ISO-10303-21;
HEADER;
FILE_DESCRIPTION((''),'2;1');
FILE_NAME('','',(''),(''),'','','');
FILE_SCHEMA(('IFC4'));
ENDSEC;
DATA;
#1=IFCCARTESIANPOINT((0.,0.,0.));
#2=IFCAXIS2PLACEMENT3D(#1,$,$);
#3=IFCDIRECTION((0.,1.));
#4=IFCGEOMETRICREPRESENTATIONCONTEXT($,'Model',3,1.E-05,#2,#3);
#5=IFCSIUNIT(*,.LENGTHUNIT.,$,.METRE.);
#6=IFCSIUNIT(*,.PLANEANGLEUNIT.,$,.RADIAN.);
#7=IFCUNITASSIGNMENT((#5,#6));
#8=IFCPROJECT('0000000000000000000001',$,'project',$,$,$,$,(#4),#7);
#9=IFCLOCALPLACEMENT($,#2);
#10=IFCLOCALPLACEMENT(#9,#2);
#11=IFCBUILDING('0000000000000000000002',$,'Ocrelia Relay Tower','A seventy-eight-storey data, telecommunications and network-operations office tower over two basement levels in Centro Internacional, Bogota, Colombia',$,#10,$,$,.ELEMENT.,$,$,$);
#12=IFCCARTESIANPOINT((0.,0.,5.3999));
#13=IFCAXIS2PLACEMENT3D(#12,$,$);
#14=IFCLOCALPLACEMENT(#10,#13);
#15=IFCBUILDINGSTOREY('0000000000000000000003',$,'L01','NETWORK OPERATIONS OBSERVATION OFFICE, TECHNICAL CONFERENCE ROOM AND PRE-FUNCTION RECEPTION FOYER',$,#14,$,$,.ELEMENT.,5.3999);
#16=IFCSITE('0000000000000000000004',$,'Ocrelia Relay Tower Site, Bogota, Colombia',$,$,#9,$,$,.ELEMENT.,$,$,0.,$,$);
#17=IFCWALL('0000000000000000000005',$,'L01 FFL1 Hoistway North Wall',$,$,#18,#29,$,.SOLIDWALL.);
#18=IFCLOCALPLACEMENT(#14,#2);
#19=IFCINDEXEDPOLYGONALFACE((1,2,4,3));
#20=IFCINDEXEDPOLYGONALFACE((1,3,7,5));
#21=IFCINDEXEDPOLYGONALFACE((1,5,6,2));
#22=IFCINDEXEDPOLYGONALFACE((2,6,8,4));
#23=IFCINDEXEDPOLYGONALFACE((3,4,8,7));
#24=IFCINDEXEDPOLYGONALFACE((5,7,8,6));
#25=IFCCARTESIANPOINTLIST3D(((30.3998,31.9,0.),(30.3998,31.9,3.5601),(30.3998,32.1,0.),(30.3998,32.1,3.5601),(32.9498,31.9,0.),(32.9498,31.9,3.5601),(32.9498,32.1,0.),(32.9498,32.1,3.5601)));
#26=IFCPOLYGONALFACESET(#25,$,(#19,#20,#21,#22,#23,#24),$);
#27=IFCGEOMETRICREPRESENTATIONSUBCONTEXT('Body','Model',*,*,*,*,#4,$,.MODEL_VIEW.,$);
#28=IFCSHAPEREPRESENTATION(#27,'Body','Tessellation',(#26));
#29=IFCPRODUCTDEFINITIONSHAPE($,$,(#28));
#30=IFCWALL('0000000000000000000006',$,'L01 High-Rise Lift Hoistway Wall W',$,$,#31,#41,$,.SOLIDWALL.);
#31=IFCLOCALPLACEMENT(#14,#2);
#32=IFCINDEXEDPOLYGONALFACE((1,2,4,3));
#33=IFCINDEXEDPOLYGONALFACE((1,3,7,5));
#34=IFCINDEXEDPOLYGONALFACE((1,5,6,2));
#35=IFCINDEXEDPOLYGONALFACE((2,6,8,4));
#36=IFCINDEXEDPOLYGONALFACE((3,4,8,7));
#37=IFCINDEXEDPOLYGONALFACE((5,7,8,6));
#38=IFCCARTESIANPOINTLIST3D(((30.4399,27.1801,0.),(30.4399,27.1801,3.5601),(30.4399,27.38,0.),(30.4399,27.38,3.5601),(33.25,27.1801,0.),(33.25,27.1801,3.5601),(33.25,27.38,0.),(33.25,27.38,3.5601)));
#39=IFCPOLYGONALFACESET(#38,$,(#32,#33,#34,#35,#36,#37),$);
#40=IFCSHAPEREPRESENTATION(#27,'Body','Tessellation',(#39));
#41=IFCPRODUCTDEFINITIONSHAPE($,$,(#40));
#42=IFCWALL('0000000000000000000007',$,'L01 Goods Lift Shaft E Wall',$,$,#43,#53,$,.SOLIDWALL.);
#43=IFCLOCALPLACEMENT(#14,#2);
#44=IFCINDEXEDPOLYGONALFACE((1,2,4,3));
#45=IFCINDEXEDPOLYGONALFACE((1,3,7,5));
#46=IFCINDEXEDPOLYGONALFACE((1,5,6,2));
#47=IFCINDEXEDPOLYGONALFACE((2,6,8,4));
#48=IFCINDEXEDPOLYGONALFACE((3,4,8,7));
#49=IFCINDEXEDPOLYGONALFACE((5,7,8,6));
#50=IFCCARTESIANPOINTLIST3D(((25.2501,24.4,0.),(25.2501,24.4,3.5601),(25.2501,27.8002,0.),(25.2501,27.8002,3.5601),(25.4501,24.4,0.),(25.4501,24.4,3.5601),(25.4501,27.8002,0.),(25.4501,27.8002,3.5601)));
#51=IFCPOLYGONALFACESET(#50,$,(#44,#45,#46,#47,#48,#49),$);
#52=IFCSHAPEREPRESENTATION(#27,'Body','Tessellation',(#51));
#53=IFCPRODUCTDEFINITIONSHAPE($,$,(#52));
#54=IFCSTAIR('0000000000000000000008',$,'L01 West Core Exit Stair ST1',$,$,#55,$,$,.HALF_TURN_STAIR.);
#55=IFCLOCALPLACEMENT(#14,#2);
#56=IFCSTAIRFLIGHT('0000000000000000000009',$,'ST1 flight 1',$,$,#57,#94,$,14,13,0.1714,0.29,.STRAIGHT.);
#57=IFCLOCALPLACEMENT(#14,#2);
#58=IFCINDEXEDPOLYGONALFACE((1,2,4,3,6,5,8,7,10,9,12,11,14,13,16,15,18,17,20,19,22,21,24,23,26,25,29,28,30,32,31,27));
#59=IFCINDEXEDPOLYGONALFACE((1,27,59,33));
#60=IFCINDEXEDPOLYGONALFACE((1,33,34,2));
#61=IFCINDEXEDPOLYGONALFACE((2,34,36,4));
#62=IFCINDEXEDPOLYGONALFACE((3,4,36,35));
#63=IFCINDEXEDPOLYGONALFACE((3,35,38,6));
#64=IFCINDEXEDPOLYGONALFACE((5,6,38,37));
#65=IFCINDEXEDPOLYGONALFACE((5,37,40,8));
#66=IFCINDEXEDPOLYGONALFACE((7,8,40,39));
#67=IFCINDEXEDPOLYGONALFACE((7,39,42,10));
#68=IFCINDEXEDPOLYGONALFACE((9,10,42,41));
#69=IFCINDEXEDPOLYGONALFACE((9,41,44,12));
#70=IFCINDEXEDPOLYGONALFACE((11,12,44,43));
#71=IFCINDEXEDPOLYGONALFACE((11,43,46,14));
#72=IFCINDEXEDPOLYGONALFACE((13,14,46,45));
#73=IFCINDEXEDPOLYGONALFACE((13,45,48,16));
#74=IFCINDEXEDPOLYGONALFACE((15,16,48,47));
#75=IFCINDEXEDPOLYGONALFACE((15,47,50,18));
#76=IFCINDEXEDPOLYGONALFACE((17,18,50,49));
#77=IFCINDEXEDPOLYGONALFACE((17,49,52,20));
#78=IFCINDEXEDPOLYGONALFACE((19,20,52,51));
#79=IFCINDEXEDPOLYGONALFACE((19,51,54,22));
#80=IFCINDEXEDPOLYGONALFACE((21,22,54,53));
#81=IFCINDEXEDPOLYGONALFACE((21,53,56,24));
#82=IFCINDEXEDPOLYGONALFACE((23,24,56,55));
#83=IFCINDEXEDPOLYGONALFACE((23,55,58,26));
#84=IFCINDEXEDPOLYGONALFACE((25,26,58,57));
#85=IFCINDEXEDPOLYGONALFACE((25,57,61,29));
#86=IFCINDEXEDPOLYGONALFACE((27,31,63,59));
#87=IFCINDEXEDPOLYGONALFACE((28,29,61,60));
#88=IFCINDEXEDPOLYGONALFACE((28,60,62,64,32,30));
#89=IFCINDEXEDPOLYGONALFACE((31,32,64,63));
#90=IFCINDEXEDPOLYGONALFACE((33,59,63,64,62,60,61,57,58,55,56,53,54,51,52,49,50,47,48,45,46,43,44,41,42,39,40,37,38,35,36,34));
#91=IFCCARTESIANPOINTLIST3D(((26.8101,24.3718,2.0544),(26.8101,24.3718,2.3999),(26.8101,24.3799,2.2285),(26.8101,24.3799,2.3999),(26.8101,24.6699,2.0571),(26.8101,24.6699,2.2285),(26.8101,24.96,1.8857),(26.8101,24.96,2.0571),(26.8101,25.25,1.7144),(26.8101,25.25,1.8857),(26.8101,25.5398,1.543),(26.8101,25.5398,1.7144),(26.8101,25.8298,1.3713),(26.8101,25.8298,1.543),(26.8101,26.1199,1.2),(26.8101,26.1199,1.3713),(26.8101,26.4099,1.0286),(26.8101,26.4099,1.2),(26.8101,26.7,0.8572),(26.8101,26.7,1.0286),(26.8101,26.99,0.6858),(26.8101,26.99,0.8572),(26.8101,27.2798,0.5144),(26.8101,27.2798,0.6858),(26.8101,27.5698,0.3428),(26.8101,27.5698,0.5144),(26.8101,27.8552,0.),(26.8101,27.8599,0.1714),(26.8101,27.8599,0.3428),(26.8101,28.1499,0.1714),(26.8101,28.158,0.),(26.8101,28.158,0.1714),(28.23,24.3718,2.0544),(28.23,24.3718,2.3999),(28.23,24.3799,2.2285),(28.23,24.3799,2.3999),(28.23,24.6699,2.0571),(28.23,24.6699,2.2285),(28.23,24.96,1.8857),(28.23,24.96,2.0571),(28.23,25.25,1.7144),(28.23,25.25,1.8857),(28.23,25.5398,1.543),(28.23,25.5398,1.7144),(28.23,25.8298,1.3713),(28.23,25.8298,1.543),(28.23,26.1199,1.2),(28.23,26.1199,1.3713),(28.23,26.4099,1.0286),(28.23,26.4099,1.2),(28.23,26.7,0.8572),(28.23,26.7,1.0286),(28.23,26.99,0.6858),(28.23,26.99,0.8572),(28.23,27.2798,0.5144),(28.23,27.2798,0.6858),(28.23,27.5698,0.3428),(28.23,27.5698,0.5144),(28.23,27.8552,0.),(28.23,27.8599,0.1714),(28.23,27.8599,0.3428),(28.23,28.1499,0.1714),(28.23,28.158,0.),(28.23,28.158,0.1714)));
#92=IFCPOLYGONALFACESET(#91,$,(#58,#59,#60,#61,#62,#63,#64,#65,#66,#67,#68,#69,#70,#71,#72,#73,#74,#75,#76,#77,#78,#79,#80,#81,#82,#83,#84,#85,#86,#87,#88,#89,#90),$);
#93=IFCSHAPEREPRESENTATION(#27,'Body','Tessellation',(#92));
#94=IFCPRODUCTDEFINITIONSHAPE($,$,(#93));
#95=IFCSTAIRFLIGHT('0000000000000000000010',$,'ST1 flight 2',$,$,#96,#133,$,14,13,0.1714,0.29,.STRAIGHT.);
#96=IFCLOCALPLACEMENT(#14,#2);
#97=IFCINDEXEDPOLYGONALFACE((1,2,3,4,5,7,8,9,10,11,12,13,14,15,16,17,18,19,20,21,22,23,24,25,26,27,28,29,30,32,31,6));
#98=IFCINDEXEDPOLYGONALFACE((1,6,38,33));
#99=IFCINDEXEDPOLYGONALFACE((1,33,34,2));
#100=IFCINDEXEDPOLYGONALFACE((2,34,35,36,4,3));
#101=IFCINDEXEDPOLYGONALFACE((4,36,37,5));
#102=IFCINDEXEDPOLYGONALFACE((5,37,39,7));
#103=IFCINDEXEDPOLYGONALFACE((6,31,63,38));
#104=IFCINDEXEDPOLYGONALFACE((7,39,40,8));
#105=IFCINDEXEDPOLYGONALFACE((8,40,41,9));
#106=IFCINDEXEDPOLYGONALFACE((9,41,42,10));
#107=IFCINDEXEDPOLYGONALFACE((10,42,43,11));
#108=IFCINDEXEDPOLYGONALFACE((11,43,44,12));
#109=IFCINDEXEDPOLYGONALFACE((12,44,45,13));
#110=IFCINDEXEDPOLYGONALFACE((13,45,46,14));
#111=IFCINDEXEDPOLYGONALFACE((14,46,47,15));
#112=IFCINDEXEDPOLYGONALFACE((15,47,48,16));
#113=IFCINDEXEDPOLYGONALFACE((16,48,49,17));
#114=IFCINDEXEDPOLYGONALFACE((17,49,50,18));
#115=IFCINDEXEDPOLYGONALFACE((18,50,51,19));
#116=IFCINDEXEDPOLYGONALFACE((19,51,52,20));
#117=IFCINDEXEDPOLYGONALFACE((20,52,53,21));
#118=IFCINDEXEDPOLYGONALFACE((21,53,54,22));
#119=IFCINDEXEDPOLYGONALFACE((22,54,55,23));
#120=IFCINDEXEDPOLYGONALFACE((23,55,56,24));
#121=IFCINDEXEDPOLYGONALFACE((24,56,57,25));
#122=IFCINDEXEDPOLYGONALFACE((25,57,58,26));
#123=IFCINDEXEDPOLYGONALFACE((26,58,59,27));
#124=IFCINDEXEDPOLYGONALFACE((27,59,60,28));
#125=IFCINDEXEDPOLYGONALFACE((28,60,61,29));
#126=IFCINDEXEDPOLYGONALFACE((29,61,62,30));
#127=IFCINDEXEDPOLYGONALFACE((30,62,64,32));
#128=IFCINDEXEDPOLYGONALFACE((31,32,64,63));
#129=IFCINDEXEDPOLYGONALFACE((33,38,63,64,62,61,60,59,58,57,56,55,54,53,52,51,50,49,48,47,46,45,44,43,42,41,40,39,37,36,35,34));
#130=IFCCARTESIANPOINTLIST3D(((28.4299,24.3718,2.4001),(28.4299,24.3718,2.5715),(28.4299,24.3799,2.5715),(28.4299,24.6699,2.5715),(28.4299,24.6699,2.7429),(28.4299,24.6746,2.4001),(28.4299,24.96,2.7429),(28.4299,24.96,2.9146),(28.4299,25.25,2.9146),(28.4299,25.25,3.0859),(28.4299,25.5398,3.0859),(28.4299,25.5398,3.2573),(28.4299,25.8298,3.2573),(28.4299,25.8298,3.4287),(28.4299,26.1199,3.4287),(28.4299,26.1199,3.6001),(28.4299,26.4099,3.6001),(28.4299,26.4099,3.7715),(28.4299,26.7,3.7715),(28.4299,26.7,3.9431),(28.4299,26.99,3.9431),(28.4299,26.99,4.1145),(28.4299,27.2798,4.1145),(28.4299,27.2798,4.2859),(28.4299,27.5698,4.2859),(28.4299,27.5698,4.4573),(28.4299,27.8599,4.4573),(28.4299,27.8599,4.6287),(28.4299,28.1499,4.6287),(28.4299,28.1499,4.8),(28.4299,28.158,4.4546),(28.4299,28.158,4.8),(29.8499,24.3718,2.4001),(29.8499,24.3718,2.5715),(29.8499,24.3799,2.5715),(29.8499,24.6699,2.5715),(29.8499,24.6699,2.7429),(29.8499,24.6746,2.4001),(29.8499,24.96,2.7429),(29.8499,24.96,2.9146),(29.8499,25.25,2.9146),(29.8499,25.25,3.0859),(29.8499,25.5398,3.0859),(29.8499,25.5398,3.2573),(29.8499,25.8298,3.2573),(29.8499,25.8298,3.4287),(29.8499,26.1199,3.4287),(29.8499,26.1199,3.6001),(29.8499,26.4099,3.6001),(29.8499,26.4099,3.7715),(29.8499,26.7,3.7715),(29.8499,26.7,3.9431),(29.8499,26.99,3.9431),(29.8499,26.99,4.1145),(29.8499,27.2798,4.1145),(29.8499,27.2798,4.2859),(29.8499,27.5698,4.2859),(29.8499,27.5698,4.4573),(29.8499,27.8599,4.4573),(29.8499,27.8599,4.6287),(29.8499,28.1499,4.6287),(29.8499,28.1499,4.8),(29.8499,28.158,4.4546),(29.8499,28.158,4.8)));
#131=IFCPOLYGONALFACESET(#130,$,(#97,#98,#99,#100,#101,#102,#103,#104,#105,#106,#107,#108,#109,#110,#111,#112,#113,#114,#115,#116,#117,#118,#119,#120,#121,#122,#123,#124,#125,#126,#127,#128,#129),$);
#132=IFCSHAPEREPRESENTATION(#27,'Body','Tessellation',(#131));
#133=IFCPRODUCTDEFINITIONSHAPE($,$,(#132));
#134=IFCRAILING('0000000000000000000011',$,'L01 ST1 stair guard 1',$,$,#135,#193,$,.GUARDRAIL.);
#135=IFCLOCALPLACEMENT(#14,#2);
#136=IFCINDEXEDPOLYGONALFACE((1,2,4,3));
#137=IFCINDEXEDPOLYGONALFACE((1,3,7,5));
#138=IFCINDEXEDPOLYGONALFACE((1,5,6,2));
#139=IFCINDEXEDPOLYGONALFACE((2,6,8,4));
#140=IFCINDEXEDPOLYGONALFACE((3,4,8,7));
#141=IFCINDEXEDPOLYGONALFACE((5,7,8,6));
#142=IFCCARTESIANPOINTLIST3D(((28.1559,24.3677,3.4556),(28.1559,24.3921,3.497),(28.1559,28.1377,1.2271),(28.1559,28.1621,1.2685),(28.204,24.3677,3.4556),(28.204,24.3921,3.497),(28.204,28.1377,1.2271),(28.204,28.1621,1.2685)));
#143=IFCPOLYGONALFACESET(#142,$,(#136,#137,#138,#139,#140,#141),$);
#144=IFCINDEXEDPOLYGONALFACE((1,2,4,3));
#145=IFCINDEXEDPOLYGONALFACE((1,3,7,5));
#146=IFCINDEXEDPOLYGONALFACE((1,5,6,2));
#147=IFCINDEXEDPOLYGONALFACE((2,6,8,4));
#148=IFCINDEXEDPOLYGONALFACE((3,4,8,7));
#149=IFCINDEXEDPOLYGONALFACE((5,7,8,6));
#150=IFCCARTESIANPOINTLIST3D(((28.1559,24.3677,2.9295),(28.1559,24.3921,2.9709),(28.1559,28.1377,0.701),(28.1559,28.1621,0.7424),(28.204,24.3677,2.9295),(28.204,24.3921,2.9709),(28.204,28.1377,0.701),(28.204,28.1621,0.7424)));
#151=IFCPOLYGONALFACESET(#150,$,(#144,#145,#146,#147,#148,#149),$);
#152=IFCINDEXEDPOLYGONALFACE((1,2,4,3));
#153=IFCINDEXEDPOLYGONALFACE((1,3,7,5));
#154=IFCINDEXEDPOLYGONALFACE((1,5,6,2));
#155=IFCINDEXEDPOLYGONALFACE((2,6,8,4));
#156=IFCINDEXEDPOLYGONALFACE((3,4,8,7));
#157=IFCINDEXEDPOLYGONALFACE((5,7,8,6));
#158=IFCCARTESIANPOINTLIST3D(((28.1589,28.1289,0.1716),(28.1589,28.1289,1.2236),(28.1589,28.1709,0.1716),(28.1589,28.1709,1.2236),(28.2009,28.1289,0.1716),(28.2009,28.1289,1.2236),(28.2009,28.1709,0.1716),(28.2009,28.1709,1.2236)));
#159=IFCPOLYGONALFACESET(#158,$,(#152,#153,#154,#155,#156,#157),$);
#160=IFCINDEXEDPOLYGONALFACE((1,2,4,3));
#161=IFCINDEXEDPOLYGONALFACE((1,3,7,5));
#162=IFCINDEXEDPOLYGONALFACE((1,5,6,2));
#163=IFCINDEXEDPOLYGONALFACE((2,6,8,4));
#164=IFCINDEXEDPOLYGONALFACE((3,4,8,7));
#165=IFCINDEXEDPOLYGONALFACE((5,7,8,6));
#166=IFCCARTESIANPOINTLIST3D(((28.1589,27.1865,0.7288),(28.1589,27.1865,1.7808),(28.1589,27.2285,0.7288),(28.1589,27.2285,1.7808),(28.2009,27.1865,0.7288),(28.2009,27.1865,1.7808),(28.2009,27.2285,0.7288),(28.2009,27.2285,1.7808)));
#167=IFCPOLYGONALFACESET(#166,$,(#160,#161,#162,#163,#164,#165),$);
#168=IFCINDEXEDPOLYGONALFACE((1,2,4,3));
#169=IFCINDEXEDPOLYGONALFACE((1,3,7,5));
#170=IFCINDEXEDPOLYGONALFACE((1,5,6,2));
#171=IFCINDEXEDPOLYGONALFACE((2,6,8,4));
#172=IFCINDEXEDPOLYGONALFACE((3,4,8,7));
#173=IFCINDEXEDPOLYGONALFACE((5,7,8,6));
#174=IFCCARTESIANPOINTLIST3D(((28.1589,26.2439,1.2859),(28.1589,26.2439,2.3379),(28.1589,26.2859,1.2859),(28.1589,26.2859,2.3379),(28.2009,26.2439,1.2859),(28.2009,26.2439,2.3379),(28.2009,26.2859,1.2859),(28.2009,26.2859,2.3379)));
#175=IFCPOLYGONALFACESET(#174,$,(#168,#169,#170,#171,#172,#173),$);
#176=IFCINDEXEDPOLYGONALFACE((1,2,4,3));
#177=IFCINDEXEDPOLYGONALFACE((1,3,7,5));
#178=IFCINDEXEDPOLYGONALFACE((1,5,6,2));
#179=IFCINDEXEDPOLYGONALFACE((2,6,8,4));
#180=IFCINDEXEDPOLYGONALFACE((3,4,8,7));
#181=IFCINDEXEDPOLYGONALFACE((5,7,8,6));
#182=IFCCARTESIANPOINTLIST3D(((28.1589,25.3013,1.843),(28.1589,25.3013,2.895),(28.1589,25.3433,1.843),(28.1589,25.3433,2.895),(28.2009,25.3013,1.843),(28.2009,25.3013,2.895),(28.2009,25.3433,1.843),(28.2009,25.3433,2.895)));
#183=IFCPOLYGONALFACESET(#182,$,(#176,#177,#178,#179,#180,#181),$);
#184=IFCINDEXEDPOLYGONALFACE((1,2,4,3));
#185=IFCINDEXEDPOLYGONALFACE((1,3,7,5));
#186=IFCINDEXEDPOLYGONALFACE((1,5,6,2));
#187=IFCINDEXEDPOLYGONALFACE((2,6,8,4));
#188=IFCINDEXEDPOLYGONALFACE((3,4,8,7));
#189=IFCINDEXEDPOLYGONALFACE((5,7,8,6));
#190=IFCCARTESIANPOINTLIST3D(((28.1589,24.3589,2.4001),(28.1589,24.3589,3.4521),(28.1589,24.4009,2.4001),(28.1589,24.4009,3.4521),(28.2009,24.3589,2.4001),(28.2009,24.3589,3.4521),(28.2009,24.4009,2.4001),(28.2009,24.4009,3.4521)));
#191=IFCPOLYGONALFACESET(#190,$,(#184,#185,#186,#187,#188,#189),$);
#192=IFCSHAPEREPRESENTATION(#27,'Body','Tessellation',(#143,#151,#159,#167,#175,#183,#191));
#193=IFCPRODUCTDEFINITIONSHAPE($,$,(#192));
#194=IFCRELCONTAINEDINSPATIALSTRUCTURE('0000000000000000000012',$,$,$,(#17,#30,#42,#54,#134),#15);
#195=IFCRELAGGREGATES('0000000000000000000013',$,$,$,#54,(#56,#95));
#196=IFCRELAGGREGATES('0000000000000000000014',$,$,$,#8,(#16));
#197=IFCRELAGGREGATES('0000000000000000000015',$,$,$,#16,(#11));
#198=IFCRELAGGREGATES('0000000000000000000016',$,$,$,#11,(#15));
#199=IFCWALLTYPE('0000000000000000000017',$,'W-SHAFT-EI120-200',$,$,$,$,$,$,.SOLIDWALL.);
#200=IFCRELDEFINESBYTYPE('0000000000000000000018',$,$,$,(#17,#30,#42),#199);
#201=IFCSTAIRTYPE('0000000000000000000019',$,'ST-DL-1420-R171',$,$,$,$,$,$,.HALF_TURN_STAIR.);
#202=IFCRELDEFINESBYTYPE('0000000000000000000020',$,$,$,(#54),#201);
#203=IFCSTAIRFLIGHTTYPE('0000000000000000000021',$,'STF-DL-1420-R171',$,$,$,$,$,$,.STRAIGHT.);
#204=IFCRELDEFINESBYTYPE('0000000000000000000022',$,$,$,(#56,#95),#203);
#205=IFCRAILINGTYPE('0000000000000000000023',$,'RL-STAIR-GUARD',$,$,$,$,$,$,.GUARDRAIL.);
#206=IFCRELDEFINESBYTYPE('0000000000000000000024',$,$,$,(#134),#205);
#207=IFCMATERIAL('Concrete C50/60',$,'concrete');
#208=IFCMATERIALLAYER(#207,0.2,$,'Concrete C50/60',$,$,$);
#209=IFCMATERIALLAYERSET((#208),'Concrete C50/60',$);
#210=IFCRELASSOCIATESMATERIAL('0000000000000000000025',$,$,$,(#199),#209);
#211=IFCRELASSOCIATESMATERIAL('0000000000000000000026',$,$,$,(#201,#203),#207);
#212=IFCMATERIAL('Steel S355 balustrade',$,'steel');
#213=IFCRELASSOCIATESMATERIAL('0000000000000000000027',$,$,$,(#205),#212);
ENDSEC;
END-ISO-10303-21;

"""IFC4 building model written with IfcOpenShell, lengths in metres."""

from ifc_helpers import new_model, si_unit, direction, frame, frame_2d, origin, origin_2d, place, context, subcontext, project, spatial, polyline, rectangle, outline, extrude, material, layer, layer_set, type_object, element, aggregate, save


model = new_model("IFC4")

# Units and contexts
model_context = context("Model", 3, precision=1e-05, world=origin(), true_north=direction((0.0, 1.0)))
body_context = subcontext(model_context, "Body", "Model", "MODEL_VIEW")
ifc_project = project(units=[si_unit("LENGTHUNIT", "METRE"), si_unit("PLANEANGLEUNIT", "RADIAN")], contexts=[model_context])

# Site, building, storey
site_placement = place(None, origin())
site = spatial("IfcSite", under=ifc_project, at=site_placement, Name="Ocrelia Relay Tower Site, Bogota, Colombia", CompositionType="ELEMENT", RefElevation=0.0)
building_placement = place(site_placement, origin())
building = spatial("IfcBuilding", under=site, at=building_placement, Name="Ocrelia Relay Tower", Description="A seventy-eight-storey data, telecommunications and network-operations office tower over two basement levels in Centro Internacional, Bogota, Colombia", CompositionType="ELEMENT")
storey_placement = place(building_placement, frame((0.0, 0.0, 5.3999)))
storey = spatial("IfcBuildingStorey", under=building, at=storey_placement, Name="L01", Description="NETWORK OPERATIONS OBSERVATION OFFICE, TECHNICAL CONFERENCE ROOM AND PRE-FUNCTION RECEPTION FOYER", CompositionType="ELEMENT", Elevation=5.3999)

# Shared definitions
ifc_material_1 = material(Name="Concrete C50/60", Category="concrete")

# Walls
ifc_layer_1 = layer(ifc_material_1, 0.2, Name="Concrete C50/60")
ifc_layer_set_1 = layer_set([ifc_layer_1], Name="Concrete C50/60")
wall_type_1 = type_object("IfcWallType", Name="W-SHAFT-EI120-200", PredefinedType="SOLIDWALL", material=ifc_layer_set_1)
wall_1_placement = place(storey_placement, frame((30.3999, 32.0, 0.0), z_axis=(0.0, 0.0, 1.0), x_axis=(1.0, 0.0, 0.0)))
element("IfcWall", 1, at=wall_1_placement, inside=storey, type_object=wall_type_1, Name="L01 FFL1 Hoistway North Wall", PredefinedType="SOLIDWALL", context=body_context, shape_type="SweptSolid", body=[
    extrude(rectangle(XDim=2.55, YDim=0.2, at=frame_2d((1.2749, 0.0))), origin(), (0.0, 0.0, 1.0), 3.5601),
])
wall_2_placement = place(storey_placement, frame((30.4399, 27.28, 0.0), z_axis=(0.0, 0.0, 1.0), x_axis=(1.0, 0.0, 0.0)))
element("IfcWall", 2, at=wall_2_placement, inside=storey, type_object=wall_type_1, Name="L01 High-Rise Lift Hoistway Wall W", PredefinedType="SOLIDWALL", context=body_context, shape_type="SweptSolid", body=[
    extrude(rectangle(XDim=2.8101, YDim=0.2, at=frame_2d((1.405, 0.0))), origin(), (0.0, 0.0, 1.0), 3.5601),
])
wall_3_placement = place(storey_placement, frame((25.3501, 24.3999, 0.0), z_axis=(0.0, 0.0, 1.0), x_axis=(0.0, 1.0, 0.0)))
element("IfcWall", 3, at=wall_3_placement, inside=storey, type_object=wall_type_1, Name="L01 Goods Lift Shaft E Wall", PredefinedType="SOLIDWALL", context=body_context, shape_type="SweptSolid", body=[
    extrude(rectangle(XDim=3.4001, YDim=0.2, at=frame_2d((1.7002, 0.0))), origin(), (0.0, 0.0, 1.0), 3.5601),
])

# Stair, stair flights
stair_type = type_object("IfcStairType", Name="ST-DL-1420-R171", PredefinedType="HALF_TURN_STAIR", material=ifc_material_1)
stair_placement = place(storey_placement, origin())
stair = element("IfcStair", 4, at=stair_placement, inside=storey, type_object=stair_type, Name="L01 West Core Exit Stair ST1", PredefinedType="HALF_TURN_STAIR")
stair_flight_type = type_object("IfcStairFlightType", Name="STF-DL-1420-R171", PredefinedType="STRAIGHT", material=ifc_material_1)
stair_flight_1_placement = place(storey_placement, frame((27.52, 28.1499, 0.0), z_axis=(0.0, 0.0, 1.0), x_axis=(0.0, -1.0, 0.0)))
stair_flight_1 = element("IfcStairFlight", 5, at=stair_flight_1_placement, type_object=stair_flight_type, Name="ST1 flight 1", NumberOfRisers=14, NumberOfTreads=13, PredefinedType="STRAIGHT", RiserHeight=0.1714, TreadLength=0.29, context=body_context, shape_type="SweptSolid", body=[
    extrude(outline(polyline([(-0.0081, 0.0), (-0.0081, 0.1714), (0.0, 0.1714), (0.29, 0.1714), (0.29, 0.3428), (0.5801, 0.3428), (0.5801, 0.5144), (0.8701, 0.5144), (0.8701, 0.6858), (1.1599, 0.6858), (1.1599, 0.8572), (1.45, 0.8572), (1.45, 1.0286), (1.74, 1.0286), (1.74, 1.2), (2.03, 1.2), (2.03, 1.3713), (2.3201, 1.3713), (2.3201, 1.543), (2.6101, 1.543), (2.6101, 1.7144), (2.8999, 1.7144), (2.8999, 1.8857), (3.1899, 1.8857), (3.1899, 2.0571), (3.48, 2.0571), (3.48, 2.2285), (3.77, 2.2285), (3.77, 2.3999), (3.7781, 2.3999), (3.7781, 2.0544), (0.2947, 0.0), (-0.0081, 0.0)])), frame((0.0, 0.71, 0.0), z_axis=(0.0, -1.0, 0.0), x_axis=(1.0, 0.0, 0.0)), (0.0, 0.0, 1.0), 1.4199),
])
stair_flight_2_placement = place(storey_placement, frame((29.1399, 24.3799, 2.4001), z_axis=(0.0, 0.0, 1.0), x_axis=(0.0, 1.0, 0.0)))
stair_flight_2 = element("IfcStairFlight", 6, at=stair_flight_2_placement, type_object=stair_flight_type, Name="ST1 flight 2", NumberOfRisers=14, NumberOfTreads=13, PredefinedType="STRAIGHT", RiserHeight=0.1714, TreadLength=0.29, context=body_context, shape_type="SweptSolid", body=[
    extrude(outline(polyline([(-0.0081, 0.0), (-0.0081, 0.1714), (0.0, 0.1714), (0.29, 0.1714), (0.29, 0.3428), (0.5801, 0.3428), (0.5801, 0.5144), (0.8701, 0.5144), (0.8701, 0.6858), (1.1599, 0.6858), (1.1599, 0.8572), (1.45, 0.8572), (1.45, 1.0286), (1.74, 1.0286), (1.74, 1.2), (2.03, 1.2), (2.03, 1.3713), (2.3201, 1.3713), (2.3201, 1.543), (2.6101, 1.543), (2.6101, 1.7144), (2.8999, 1.7144), (2.8999, 1.8857), (3.1899, 1.8857), (3.1899, 2.0571), (3.48, 2.0571), (3.48, 2.2285), (3.77, 2.2285), (3.77, 2.3999), (3.7781, 2.3999), (3.7781, 2.0544), (0.2947, 0.0), (-0.0081, 0.0)])), frame((0.0, 0.71, 0.0), z_axis=(0.0, -1.0, 0.0), x_axis=(1.0, 0.0, 0.0)), (0.0, 0.0, 1.0), 1.4199),
])
aggregate(stair, [stair_flight_1, stair_flight_2])

# Railing
ifc_material_2 = material(Name="Steel S355 balustrade", Category="steel")
railing_type_1 = type_object("IfcRailingType", Name="RL-STAIR-GUARD", PredefinedType="GUARDRAIL", material=ifc_material_2)
railing_1_placement = place(storey_placement, frame((28.1799, 28.1499, 0.1716)))
element("IfcRailing", 7, at=railing_1_placement, inside=storey, type_object=railing_type_1, Name="L01 ST1 stair guard 1", PredefinedType="GUARDRAIL", context=body_context, shape_type="SweptSolid", body=[
    extrude(rectangle(XDim=0.0481, YDim=0.0481, at=origin_2d()), frame((0.0, 0.0, 1.0762), z_axis=(0.0, -0.860849, 0.508861), x_axis=(1.0, 0.0, 0.0)), (0.0, 0.0, 1.0), 4.3794),
    extrude(rectangle(XDim=0.0481, YDim=0.0481, at=origin_2d()), frame((0.0, 0.0, 0.55), z_axis=(0.0, -0.860849, 0.508861), x_axis=(1.0, 0.0, 0.0)), (0.0, 0.0, 1.0), 4.3794),
    extrude(rectangle(XDim=0.042, YDim=0.042, at=origin_2d()), origin(), (0.0, 0.0, 1.0), 1.052),
    extrude(rectangle(XDim=0.042, YDim=0.042, at=origin_2d()), frame((0.0, -0.9424, 0.5571)), (0.0, 0.0, 1.0), 1.052),
    extrude(rectangle(XDim=0.042, YDim=0.042, at=origin_2d()), frame((0.0, -1.885, 1.1143)), (0.0, 0.0, 1.0), 1.052),
    extrude(rectangle(XDim=0.042, YDim=0.042, at=origin_2d()), frame((0.0, -2.8276, 1.6714)), (0.0, 0.0, 1.0), 1.052),
    extrude(rectangle(XDim=0.042, YDim=0.042, at=origin_2d()), frame((0.0, -3.77, 2.2285)), (0.0, 0.0, 1.0), 1.052),
])

save(model, "model.ifc")
